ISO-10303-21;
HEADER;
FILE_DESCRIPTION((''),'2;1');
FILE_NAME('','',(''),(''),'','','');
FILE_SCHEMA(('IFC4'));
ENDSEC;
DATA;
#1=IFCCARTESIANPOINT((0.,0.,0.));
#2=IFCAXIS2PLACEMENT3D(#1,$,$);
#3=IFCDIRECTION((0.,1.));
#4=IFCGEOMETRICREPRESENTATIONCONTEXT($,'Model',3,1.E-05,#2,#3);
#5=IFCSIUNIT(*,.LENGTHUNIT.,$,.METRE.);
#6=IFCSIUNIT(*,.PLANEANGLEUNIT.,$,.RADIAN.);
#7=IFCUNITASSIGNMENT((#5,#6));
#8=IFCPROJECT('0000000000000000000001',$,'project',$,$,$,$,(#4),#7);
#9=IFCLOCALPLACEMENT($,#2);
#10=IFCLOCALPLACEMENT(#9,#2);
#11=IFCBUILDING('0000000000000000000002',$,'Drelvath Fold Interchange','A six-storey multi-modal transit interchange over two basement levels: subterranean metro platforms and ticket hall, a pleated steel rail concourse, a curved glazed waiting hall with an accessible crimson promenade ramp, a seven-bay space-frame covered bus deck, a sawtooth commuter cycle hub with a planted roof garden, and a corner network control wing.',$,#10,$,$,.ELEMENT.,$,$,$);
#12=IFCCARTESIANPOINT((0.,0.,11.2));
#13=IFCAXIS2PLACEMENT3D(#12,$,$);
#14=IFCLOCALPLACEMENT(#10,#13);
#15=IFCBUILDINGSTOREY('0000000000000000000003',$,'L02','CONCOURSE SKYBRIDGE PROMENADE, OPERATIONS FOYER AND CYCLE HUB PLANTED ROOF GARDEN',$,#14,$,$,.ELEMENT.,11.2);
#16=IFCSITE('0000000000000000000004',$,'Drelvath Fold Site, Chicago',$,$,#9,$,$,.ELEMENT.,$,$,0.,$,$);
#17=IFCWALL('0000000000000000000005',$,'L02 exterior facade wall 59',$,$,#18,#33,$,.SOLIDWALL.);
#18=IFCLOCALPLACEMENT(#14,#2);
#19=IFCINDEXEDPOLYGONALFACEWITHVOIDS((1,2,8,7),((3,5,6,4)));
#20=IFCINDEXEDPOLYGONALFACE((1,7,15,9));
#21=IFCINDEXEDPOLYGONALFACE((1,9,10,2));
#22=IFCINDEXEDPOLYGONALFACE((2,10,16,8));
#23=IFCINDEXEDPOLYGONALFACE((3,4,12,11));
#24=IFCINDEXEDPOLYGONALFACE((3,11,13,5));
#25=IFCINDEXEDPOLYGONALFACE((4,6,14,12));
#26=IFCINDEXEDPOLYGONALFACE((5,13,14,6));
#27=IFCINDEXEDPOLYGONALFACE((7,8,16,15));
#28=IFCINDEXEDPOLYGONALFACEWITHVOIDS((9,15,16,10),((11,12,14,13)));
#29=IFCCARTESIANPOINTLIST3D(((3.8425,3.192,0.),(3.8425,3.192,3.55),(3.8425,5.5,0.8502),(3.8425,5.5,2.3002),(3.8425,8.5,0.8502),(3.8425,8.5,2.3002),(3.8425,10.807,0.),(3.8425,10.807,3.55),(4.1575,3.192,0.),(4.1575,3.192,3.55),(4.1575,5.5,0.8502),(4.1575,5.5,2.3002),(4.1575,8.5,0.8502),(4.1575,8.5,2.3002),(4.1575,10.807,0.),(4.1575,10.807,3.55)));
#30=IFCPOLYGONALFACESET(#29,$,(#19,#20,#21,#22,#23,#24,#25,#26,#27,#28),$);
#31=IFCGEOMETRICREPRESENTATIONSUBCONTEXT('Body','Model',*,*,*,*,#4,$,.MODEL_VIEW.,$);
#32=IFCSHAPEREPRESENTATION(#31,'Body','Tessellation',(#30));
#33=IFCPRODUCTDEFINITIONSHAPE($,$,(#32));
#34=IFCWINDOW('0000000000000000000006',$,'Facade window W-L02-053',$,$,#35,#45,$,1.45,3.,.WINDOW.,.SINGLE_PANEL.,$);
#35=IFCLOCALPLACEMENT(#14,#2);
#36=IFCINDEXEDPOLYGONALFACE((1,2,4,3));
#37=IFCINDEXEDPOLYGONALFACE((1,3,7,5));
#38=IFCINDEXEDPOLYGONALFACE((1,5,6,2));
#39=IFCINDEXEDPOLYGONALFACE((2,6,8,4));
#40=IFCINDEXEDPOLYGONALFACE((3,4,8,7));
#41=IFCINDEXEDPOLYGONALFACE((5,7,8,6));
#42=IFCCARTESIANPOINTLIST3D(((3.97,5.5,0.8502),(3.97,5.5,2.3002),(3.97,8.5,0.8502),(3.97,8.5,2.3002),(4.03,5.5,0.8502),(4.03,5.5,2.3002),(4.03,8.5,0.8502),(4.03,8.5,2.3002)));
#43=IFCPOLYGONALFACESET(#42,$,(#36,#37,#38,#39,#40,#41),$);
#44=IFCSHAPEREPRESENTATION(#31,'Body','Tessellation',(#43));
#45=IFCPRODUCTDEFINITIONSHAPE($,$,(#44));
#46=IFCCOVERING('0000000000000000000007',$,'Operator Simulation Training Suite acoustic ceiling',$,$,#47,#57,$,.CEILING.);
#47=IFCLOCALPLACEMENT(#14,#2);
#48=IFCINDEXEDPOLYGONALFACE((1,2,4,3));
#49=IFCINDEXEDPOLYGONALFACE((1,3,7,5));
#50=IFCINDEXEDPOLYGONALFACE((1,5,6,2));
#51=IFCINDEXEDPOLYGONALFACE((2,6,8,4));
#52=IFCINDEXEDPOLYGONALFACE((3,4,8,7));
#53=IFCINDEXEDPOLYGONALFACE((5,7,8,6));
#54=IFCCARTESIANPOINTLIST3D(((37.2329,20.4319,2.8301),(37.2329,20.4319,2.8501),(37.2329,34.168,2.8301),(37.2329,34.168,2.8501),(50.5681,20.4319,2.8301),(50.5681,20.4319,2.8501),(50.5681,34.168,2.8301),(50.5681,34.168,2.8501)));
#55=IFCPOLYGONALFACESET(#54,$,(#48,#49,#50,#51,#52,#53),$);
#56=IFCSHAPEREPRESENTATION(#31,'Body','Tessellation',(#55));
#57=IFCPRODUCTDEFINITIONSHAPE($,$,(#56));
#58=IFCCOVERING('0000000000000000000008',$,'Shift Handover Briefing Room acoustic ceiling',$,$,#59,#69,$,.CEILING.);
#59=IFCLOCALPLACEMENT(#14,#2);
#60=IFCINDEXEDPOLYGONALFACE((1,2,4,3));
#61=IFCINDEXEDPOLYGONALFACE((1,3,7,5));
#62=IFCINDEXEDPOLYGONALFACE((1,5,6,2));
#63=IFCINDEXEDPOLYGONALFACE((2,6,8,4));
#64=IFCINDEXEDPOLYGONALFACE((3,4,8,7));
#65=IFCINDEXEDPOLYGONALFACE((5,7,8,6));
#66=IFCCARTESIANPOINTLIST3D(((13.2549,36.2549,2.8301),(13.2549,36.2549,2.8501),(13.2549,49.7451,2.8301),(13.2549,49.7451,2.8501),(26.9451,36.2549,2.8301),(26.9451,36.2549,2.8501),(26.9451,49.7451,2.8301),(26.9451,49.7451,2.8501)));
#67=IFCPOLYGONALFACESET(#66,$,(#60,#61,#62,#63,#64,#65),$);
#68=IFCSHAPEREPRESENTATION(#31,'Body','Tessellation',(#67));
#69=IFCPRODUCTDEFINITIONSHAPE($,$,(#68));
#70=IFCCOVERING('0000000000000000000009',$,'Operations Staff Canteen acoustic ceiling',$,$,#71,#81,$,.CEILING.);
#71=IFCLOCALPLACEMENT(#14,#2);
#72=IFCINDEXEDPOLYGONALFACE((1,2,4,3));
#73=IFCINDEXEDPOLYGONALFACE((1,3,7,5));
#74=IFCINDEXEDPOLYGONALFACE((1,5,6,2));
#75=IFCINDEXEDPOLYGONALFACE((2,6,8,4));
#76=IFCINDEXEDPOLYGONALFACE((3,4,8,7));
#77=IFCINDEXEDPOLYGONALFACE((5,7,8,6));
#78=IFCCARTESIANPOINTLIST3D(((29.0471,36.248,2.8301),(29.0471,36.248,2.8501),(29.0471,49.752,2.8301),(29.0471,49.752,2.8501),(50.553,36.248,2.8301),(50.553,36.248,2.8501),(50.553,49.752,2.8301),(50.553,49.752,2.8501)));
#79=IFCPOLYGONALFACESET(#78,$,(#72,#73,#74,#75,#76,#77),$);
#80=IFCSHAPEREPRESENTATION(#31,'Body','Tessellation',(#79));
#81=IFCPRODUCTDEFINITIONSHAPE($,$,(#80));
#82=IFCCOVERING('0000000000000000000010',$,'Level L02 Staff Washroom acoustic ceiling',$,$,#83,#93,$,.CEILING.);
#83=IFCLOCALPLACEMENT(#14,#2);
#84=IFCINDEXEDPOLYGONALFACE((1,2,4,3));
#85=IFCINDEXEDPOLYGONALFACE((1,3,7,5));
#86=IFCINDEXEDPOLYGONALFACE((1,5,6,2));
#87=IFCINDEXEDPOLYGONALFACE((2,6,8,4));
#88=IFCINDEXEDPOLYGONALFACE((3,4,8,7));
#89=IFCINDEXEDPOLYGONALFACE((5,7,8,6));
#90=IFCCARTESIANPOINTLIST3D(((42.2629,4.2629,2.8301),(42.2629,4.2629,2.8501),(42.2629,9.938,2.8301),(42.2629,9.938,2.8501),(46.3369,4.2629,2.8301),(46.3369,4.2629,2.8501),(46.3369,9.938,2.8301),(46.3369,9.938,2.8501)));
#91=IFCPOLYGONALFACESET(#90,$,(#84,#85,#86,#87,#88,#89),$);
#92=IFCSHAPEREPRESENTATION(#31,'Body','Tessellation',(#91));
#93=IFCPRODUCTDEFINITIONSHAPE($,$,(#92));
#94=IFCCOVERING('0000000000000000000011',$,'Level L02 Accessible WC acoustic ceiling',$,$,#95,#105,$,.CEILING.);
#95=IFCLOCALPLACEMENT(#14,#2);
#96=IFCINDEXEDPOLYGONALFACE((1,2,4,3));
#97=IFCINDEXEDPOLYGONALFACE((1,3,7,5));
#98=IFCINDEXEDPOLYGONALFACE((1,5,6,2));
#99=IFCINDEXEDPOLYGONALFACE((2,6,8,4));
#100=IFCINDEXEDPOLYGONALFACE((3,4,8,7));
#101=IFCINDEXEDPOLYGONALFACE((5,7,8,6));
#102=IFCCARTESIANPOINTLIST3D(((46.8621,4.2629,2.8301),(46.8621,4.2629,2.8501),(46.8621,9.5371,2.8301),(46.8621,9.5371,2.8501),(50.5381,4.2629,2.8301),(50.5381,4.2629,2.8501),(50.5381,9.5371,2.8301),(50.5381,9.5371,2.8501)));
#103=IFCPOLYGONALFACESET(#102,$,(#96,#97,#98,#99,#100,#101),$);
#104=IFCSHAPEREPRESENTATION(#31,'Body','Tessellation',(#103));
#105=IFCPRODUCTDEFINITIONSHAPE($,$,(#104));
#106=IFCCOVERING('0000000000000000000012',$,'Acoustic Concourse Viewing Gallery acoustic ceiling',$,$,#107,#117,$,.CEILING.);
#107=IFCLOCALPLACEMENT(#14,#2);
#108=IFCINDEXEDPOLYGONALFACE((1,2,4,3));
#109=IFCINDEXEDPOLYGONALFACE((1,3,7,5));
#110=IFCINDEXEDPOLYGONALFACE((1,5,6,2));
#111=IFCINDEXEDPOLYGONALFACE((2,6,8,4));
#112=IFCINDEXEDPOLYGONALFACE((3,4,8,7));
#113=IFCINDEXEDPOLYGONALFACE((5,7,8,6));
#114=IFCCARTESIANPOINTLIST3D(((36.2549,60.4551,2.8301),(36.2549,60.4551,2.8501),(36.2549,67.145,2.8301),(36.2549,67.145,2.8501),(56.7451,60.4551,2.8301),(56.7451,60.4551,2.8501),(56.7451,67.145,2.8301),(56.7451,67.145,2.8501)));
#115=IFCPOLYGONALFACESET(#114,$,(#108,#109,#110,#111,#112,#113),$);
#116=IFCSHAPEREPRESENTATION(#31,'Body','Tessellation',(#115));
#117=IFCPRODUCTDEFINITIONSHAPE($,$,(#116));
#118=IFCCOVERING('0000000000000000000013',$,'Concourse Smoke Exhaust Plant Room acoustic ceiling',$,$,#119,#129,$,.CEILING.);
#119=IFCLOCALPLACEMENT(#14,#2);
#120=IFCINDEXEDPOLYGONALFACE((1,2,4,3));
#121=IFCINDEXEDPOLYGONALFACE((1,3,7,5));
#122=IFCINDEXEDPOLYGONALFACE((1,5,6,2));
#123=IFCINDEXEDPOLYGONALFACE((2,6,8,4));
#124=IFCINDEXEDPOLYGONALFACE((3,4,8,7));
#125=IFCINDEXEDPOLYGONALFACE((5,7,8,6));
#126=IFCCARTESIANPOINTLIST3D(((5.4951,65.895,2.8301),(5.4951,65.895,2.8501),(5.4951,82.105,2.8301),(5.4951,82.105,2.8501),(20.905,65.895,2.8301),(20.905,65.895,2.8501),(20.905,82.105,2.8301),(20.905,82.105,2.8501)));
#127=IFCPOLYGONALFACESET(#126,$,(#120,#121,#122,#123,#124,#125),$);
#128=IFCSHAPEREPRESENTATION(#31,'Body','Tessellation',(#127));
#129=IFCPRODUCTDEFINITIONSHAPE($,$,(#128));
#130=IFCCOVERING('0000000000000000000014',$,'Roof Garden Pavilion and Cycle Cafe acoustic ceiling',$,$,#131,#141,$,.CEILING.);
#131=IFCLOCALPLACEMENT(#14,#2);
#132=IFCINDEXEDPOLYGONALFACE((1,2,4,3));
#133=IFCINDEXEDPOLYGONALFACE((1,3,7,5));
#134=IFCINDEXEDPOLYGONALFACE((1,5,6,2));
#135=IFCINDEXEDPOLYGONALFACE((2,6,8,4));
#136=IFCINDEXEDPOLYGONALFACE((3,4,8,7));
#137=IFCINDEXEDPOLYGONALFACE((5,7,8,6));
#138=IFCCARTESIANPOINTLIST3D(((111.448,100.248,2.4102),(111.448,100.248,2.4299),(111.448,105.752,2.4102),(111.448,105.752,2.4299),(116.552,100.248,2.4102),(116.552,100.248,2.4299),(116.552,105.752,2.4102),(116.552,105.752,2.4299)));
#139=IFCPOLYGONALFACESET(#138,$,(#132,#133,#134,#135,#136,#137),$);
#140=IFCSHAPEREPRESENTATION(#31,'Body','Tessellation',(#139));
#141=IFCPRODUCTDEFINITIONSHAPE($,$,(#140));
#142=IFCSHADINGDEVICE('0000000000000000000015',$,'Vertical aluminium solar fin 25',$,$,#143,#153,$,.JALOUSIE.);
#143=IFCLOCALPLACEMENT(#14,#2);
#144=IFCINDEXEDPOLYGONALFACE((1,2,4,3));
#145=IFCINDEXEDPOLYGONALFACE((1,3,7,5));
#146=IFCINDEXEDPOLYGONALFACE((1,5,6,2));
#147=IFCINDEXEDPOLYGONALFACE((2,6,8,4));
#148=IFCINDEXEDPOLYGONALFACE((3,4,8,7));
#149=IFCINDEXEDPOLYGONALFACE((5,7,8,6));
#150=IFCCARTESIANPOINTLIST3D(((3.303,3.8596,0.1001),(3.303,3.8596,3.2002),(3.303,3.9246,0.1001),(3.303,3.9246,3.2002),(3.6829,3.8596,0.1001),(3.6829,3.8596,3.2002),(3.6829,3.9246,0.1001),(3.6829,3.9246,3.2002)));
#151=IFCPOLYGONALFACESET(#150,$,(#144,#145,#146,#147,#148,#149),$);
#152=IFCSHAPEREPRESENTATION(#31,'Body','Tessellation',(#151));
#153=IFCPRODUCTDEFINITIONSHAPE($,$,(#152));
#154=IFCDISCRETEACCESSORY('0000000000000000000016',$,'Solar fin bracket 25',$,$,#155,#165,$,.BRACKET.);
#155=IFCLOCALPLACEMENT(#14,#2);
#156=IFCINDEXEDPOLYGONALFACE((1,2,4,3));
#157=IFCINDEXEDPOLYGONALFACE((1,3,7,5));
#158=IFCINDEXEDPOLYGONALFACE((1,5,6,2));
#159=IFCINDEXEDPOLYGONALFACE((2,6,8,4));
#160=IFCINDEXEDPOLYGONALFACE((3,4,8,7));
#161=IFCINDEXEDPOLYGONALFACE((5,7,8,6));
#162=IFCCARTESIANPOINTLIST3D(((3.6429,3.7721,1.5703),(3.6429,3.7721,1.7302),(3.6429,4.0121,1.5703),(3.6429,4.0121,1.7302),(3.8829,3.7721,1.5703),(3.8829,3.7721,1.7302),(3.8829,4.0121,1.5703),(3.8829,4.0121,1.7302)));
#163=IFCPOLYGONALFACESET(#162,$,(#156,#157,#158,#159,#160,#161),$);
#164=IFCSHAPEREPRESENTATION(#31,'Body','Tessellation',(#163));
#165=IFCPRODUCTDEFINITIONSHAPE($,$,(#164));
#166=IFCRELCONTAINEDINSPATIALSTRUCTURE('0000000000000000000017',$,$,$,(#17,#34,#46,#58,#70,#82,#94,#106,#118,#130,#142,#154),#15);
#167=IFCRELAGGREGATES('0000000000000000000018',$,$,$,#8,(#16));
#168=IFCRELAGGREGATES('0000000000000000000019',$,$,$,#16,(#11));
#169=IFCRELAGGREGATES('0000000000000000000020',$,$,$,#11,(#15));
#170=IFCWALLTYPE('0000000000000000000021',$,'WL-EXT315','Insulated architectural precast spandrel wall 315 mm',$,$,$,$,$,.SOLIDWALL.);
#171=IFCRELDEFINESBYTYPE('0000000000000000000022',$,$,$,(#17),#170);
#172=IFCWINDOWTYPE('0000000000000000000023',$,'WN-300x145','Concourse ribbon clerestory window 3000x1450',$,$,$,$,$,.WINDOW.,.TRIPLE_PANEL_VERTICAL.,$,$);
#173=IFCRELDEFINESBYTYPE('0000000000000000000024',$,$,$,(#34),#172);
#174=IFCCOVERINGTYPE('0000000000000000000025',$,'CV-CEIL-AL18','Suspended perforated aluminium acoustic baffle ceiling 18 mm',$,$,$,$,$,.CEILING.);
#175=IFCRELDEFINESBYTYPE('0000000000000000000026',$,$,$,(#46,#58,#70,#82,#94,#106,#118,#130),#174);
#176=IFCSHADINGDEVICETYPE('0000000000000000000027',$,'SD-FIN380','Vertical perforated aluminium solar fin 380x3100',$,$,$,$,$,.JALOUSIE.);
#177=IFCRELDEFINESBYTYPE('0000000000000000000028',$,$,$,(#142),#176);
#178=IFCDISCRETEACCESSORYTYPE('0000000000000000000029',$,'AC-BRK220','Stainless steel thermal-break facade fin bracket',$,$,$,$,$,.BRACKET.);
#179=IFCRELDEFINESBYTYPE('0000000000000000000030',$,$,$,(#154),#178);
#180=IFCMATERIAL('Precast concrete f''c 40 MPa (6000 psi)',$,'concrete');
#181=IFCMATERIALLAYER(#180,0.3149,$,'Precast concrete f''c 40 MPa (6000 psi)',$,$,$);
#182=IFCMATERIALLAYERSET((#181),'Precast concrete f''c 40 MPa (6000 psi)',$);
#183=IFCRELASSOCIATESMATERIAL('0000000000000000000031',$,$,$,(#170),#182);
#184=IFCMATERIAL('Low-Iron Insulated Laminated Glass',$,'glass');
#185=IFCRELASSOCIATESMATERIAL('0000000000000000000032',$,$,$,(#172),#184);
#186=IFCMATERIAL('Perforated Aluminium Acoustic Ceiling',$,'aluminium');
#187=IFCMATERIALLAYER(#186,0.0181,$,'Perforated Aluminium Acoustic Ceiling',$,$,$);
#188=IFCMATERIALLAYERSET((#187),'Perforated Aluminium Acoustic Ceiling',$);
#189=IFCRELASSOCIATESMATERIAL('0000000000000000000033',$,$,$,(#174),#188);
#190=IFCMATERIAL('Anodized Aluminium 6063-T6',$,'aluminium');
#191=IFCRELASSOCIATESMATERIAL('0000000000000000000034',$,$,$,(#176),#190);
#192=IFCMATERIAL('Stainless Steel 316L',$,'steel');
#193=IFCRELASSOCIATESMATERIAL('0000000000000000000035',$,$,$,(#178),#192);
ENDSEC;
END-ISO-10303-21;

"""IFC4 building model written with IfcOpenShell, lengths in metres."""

from ifc_helpers import new_model, si_unit, direction, frame, frame_2d, origin, origin_2d, place, context, subcontext, project, spatial, polyline, rectangle, outline, extrude, material, layer, layer_set, type_object, element, fill, save


model = new_model("IFC4")

# Units and contexts
model_context = context("Model", 3, precision=1e-05, world=origin(), true_north=direction((0.0, 1.0)))
body_context = subcontext(model_context, "Body", "Model", "MODEL_VIEW")
ifc_project = project(units=[si_unit("LENGTHUNIT", "METRE"), si_unit("PLANEANGLEUNIT", "RADIAN")], contexts=[model_context])

# Site, building, storey
site_placement = place(None, origin())
site = spatial("IfcSite", under=ifc_project, at=site_placement, Name="Drelvath Fold Site, Chicago", CompositionType="ELEMENT", RefElevation=0.0)
building_placement = place(site_placement, origin())
building = spatial("IfcBuilding", under=site, at=building_placement, Name="Drelvath Fold Interchange", Description="A six-storey multi-modal transit interchange over two basement levels: subterranean metro platforms and ticket hall, a pleated steel rail concourse, a curved glazed waiting hall with an accessible crimson promenade ramp, a seven-bay space-frame covered bus deck, a sawtooth commuter cycle hub with a planted roof garden, and a corner network control wing.", CompositionType="ELEMENT")
storey_placement = place(building_placement, frame((0.0, 0.0, 11.2)))
storey = spatial("IfcBuildingStorey", under=building, at=storey_placement, Name="L02", Description="CONCOURSE SKYBRIDGE PROMENADE, OPERATIONS FOYER AND CYCLE HUB PLANTED ROOF GARDEN", CompositionType="ELEMENT", Elevation=11.2)

# Shared definitions
ifc_material_1 = material(Name="Anodized Aluminium 6063-T6", Category="aluminium")
ifc_material_2 = material(Name="Low-Iron Insulated Laminated Glass", Category="glass")

# Wall, opening, window
ifc_material_3 = material(Name="Precast concrete f'c 40 MPa (6000 psi)", Category="concrete")
ifc_layer_1 = layer(ifc_material_3, 0.3149, Name="Precast concrete f'c 40 MPa (6000 psi)")
ifc_layer_set_1 = layer_set([ifc_layer_1], Name="Precast concrete f'c 40 MPa (6000 psi)")
wall_type = type_object("IfcWallType", Name="WL-EXT315", Description="Insulated architectural precast spandrel wall 315 mm", PredefinedType="SOLIDWALL", material=ifc_layer_set_1)
wall_placement = place(storey_placement, frame((4.0, 3.1919, 0.0), z_axis=(0.0, 0.0, 1.0), x_axis=(0.0, 1.0, 0.0)))
wall = element("IfcWall", 1, at=wall_placement, inside=storey, type_object=wall_type, Name="L02 exterior facade wall 59", PredefinedType="SOLIDWALL", context=body_context, shape_type="SweptSolid", body=[
    extrude(rectangle(XDim=7.615, YDim=0.3149, at=frame_2d((3.8076, 0.0))), origin(), (0.0, 0.0, 1.0), 3.55),
])
opening_placement = place(wall_placement, frame((2.3081, 0.0, 0.8501)))
opening = element("IfcOpeningElement", 2, at=opening_placement, cuts=wall, PredefinedType="OPENING", context=body_context, shape_type="SweptSolid", body=[
    extrude(rectangle(XDim=3.0, YDim=1.45, at=frame_2d((1.5, 0.7251))), frame((0.0, 0.1675, 0.0), z_axis=(0.0, -1.0, 0.0), x_axis=(1.0, 0.0, 0.0)), (0.0, 0.0, 1.0), 0.335),
])
window_type = type_object("IfcWindowType", Name="WN-300x145", Description="Concourse ribbon clerestory window 3000x1450", PartitioningType="TRIPLE_PANEL_VERTICAL", PredefinedType="WINDOW", material=ifc_material_2)
window_placement = place(opening_placement, origin())
window = element("IfcWindow", 3, at=window_placement, inside=storey, type_object=window_type, Name="Facade window W-L02-053", OverallHeight=1.45, OverallWidth=3.0, PartitioningType="SINGLE_PANEL", PredefinedType="WINDOW", context=body_context, shape_type="SweptSolid", body=[
    extrude(rectangle(XDim=3.0, YDim=1.45, at=frame_2d((1.5, 0.7251))), frame((0.0, 0.03, 0.0), z_axis=(0.0, -1.0, 0.0), x_axis=(1.0, 0.0, 0.0)), (0.0, 0.0, 1.0), 0.0601),
])
fill(opening, window)

# Coverings
ifc_material_4 = material(Name="Perforated Aluminium Acoustic Ceiling", Category="aluminium")
ifc_layer_2 = layer(ifc_material_4, 0.0181, Name="Perforated Aluminium Acoustic Ceiling")
ifc_layer_set_2 = layer_set([ifc_layer_2], Name="Perforated Aluminium Acoustic Ceiling")
covering_type = type_object("IfcCoveringType", Name="CV-CEIL-AL18", Description="Suspended perforated aluminium acoustic baffle ceiling 18 mm", PredefinedType="CEILING", material=ifc_layer_set_2)
covering_1_placement = place(storey_placement, frame((0.0, 0.0, 2.8301)))
element("IfcCovering", 4, at=covering_1_placement, inside=storey, type_object=covering_type, Name="Operator Simulation Training Suite acoustic ceiling", PredefinedType="CEILING", context=body_context, shape_type="SweptSolid", body=[
    extrude(outline(polyline([(37.2329, 20.4319), (50.5681, 20.4319), (50.5681, 34.168), (37.2329, 34.168), (37.2329, 20.4319)])), origin(), (0.0, 0.0, 1.0), 0.02),
])
covering_2_placement = place(storey_placement, frame((0.0, 0.0, 2.8301)))
element("IfcCovering", 5, at=covering_2_placement, inside=storey, type_object=covering_type, Name="Shift Handover Briefing Room acoustic ceiling", PredefinedType="CEILING", context=body_context, shape_type="SweptSolid", body=[
    extrude(outline(polyline([(13.2549, 36.2549), (26.9451, 36.2549), (26.9451, 49.7451), (13.2549, 49.7451), (13.2549, 36.2549)])), origin(), (0.0, 0.0, 1.0), 0.02),
])
covering_3_placement = place(storey_placement, frame((0.0, 0.0, 2.8301)))
element("IfcCovering", 6, at=covering_3_placement, inside=storey, type_object=covering_type, Name="Operations Staff Canteen acoustic ceiling", PredefinedType="CEILING", context=body_context, shape_type="SweptSolid", body=[
    extrude(outline(polyline([(29.0471, 36.248), (50.553, 36.248), (50.553, 49.752), (29.0471, 49.752), (29.0471, 36.248)])), origin(), (0.0, 0.0, 1.0), 0.02),
])
covering_4_placement = place(storey_placement, frame((0.0, 0.0, 2.8301)))
element("IfcCovering", 7, at=covering_4_placement, inside=storey, type_object=covering_type, Name="Level L02 Staff Washroom acoustic ceiling", PredefinedType="CEILING", context=body_context, shape_type="SweptSolid", body=[
    extrude(outline(polyline([(42.2629, 4.2629), (46.3369, 4.2629), (46.3369, 9.938), (42.2629, 9.938), (42.2629, 4.2629)])), origin(), (0.0, 0.0, 1.0), 0.02),
])
covering_5_placement = place(storey_placement, frame((0.0, 0.0, 2.8301)))
element("IfcCovering", 8, at=covering_5_placement, inside=storey, type_object=covering_type, Name="Level L02 Accessible WC acoustic ceiling", PredefinedType="CEILING", context=body_context, shape_type="SweptSolid", body=[
    extrude(outline(polyline([(46.8621, 4.2629), (50.5381, 4.2629), (50.5381, 9.5371), (46.8621, 9.5371), (46.8621, 4.2629)])), origin(), (0.0, 0.0, 1.0), 0.02),
])
covering_6_placement = place(storey_placement, frame((0.0, 0.0, 2.8301)))
element("IfcCovering", 9, at=covering_6_placement, inside=storey, type_object=covering_type, Name="Acoustic Concourse Viewing Gallery acoustic ceiling", PredefinedType="CEILING", context=body_context, shape_type="SweptSolid", body=[
    extrude(outline(polyline([(36.2549, 60.4551), (56.7451, 60.4551), (56.7451, 67.145), (36.2549, 67.145), (36.2549, 60.4551)])), origin(), (0.0, 0.0, 1.0), 0.02),
])
covering_7_placement = place(storey_placement, frame((0.0, 0.0, 2.8301)))
element("IfcCovering", 10, at=covering_7_placement, inside=storey, type_object=covering_type, Name="Concourse Smoke Exhaust Plant Room acoustic ceiling", PredefinedType="CEILING", context=body_context, shape_type="SweptSolid", body=[
    extrude(outline(polyline([(5.4951, 65.895), (20.905, 65.895), (20.905, 82.105), (5.4951, 82.105), (5.4951, 65.895)])), origin(), (0.0, 0.0, 1.0), 0.02),
])
covering_8_placement = place(storey_placement, frame((0.0, 0.0, 2.4102)))
element("IfcCovering", 11, at=covering_8_placement, inside=storey, type_object=covering_type, Name="Roof Garden Pavilion and Cycle Cafe acoustic ceiling", PredefinedType="CEILING", context=body_context, shape_type="SweptSolid", body=[
    extrude(outline(polyline([(111.448, 100.248), (116.552, 100.248), (116.552, 105.752), (111.448, 105.752), (111.448, 100.248)])), origin(), (0.0, 0.0, 1.0), 0.0198),
])

# Shading device
shading_device_type = type_object("IfcShadingDeviceType", Name="SD-FIN380", Description="Vertical perforated aluminium solar fin 380x3100", PredefinedType="JALOUSIE", material=ifc_material_1)
shading_device_placement = place(storey_placement, frame((3.4929, 3.8921, 0.1001), z_axis=(0.0, 0.0, 1.0), x_axis=(1.0, 0.0, 0.0)))
element("IfcShadingDevice", 12, at=shading_device_placement, inside=storey, type_object=shading_device_type, Name="Vertical aluminium solar fin 25", PredefinedType="JALOUSIE", context=body_context, shape_type="SweptSolid", body=[
    extrude(rectangle(XDim=0.3799, YDim=0.0649, at=origin_2d()), origin(), (0.0, 0.0, 1.0), 3.1001),
])

# Discrete accessory
ifc_material_5 = material(Name="Stainless Steel 316L", Category="steel")
discrete_accessory_type = type_object("IfcDiscreteAccessoryType", Name="AC-BRK220", Description="Stainless steel thermal-break facade fin bracket", PredefinedType="BRACKET", material=ifc_material_5)
discrete_accessory_placement = place(storey_placement, frame((3.7629, 3.8921, 1.5703), z_axis=(0.0, 0.0, 1.0), x_axis=(1.0, 0.0, 0.0)))
element("IfcDiscreteAccessory", 13, at=discrete_accessory_placement, inside=storey, type_object=discrete_accessory_type, Name="Solar fin bracket 25", PredefinedType="BRACKET", context=body_context, shape_type="SweptSolid", body=[
    extrude(rectangle(XDim=0.24, YDim=0.24, at=origin_2d()), origin(), (0.0, 0.0, 1.0), 0.1599),
])

save(model, "model.ifc")
